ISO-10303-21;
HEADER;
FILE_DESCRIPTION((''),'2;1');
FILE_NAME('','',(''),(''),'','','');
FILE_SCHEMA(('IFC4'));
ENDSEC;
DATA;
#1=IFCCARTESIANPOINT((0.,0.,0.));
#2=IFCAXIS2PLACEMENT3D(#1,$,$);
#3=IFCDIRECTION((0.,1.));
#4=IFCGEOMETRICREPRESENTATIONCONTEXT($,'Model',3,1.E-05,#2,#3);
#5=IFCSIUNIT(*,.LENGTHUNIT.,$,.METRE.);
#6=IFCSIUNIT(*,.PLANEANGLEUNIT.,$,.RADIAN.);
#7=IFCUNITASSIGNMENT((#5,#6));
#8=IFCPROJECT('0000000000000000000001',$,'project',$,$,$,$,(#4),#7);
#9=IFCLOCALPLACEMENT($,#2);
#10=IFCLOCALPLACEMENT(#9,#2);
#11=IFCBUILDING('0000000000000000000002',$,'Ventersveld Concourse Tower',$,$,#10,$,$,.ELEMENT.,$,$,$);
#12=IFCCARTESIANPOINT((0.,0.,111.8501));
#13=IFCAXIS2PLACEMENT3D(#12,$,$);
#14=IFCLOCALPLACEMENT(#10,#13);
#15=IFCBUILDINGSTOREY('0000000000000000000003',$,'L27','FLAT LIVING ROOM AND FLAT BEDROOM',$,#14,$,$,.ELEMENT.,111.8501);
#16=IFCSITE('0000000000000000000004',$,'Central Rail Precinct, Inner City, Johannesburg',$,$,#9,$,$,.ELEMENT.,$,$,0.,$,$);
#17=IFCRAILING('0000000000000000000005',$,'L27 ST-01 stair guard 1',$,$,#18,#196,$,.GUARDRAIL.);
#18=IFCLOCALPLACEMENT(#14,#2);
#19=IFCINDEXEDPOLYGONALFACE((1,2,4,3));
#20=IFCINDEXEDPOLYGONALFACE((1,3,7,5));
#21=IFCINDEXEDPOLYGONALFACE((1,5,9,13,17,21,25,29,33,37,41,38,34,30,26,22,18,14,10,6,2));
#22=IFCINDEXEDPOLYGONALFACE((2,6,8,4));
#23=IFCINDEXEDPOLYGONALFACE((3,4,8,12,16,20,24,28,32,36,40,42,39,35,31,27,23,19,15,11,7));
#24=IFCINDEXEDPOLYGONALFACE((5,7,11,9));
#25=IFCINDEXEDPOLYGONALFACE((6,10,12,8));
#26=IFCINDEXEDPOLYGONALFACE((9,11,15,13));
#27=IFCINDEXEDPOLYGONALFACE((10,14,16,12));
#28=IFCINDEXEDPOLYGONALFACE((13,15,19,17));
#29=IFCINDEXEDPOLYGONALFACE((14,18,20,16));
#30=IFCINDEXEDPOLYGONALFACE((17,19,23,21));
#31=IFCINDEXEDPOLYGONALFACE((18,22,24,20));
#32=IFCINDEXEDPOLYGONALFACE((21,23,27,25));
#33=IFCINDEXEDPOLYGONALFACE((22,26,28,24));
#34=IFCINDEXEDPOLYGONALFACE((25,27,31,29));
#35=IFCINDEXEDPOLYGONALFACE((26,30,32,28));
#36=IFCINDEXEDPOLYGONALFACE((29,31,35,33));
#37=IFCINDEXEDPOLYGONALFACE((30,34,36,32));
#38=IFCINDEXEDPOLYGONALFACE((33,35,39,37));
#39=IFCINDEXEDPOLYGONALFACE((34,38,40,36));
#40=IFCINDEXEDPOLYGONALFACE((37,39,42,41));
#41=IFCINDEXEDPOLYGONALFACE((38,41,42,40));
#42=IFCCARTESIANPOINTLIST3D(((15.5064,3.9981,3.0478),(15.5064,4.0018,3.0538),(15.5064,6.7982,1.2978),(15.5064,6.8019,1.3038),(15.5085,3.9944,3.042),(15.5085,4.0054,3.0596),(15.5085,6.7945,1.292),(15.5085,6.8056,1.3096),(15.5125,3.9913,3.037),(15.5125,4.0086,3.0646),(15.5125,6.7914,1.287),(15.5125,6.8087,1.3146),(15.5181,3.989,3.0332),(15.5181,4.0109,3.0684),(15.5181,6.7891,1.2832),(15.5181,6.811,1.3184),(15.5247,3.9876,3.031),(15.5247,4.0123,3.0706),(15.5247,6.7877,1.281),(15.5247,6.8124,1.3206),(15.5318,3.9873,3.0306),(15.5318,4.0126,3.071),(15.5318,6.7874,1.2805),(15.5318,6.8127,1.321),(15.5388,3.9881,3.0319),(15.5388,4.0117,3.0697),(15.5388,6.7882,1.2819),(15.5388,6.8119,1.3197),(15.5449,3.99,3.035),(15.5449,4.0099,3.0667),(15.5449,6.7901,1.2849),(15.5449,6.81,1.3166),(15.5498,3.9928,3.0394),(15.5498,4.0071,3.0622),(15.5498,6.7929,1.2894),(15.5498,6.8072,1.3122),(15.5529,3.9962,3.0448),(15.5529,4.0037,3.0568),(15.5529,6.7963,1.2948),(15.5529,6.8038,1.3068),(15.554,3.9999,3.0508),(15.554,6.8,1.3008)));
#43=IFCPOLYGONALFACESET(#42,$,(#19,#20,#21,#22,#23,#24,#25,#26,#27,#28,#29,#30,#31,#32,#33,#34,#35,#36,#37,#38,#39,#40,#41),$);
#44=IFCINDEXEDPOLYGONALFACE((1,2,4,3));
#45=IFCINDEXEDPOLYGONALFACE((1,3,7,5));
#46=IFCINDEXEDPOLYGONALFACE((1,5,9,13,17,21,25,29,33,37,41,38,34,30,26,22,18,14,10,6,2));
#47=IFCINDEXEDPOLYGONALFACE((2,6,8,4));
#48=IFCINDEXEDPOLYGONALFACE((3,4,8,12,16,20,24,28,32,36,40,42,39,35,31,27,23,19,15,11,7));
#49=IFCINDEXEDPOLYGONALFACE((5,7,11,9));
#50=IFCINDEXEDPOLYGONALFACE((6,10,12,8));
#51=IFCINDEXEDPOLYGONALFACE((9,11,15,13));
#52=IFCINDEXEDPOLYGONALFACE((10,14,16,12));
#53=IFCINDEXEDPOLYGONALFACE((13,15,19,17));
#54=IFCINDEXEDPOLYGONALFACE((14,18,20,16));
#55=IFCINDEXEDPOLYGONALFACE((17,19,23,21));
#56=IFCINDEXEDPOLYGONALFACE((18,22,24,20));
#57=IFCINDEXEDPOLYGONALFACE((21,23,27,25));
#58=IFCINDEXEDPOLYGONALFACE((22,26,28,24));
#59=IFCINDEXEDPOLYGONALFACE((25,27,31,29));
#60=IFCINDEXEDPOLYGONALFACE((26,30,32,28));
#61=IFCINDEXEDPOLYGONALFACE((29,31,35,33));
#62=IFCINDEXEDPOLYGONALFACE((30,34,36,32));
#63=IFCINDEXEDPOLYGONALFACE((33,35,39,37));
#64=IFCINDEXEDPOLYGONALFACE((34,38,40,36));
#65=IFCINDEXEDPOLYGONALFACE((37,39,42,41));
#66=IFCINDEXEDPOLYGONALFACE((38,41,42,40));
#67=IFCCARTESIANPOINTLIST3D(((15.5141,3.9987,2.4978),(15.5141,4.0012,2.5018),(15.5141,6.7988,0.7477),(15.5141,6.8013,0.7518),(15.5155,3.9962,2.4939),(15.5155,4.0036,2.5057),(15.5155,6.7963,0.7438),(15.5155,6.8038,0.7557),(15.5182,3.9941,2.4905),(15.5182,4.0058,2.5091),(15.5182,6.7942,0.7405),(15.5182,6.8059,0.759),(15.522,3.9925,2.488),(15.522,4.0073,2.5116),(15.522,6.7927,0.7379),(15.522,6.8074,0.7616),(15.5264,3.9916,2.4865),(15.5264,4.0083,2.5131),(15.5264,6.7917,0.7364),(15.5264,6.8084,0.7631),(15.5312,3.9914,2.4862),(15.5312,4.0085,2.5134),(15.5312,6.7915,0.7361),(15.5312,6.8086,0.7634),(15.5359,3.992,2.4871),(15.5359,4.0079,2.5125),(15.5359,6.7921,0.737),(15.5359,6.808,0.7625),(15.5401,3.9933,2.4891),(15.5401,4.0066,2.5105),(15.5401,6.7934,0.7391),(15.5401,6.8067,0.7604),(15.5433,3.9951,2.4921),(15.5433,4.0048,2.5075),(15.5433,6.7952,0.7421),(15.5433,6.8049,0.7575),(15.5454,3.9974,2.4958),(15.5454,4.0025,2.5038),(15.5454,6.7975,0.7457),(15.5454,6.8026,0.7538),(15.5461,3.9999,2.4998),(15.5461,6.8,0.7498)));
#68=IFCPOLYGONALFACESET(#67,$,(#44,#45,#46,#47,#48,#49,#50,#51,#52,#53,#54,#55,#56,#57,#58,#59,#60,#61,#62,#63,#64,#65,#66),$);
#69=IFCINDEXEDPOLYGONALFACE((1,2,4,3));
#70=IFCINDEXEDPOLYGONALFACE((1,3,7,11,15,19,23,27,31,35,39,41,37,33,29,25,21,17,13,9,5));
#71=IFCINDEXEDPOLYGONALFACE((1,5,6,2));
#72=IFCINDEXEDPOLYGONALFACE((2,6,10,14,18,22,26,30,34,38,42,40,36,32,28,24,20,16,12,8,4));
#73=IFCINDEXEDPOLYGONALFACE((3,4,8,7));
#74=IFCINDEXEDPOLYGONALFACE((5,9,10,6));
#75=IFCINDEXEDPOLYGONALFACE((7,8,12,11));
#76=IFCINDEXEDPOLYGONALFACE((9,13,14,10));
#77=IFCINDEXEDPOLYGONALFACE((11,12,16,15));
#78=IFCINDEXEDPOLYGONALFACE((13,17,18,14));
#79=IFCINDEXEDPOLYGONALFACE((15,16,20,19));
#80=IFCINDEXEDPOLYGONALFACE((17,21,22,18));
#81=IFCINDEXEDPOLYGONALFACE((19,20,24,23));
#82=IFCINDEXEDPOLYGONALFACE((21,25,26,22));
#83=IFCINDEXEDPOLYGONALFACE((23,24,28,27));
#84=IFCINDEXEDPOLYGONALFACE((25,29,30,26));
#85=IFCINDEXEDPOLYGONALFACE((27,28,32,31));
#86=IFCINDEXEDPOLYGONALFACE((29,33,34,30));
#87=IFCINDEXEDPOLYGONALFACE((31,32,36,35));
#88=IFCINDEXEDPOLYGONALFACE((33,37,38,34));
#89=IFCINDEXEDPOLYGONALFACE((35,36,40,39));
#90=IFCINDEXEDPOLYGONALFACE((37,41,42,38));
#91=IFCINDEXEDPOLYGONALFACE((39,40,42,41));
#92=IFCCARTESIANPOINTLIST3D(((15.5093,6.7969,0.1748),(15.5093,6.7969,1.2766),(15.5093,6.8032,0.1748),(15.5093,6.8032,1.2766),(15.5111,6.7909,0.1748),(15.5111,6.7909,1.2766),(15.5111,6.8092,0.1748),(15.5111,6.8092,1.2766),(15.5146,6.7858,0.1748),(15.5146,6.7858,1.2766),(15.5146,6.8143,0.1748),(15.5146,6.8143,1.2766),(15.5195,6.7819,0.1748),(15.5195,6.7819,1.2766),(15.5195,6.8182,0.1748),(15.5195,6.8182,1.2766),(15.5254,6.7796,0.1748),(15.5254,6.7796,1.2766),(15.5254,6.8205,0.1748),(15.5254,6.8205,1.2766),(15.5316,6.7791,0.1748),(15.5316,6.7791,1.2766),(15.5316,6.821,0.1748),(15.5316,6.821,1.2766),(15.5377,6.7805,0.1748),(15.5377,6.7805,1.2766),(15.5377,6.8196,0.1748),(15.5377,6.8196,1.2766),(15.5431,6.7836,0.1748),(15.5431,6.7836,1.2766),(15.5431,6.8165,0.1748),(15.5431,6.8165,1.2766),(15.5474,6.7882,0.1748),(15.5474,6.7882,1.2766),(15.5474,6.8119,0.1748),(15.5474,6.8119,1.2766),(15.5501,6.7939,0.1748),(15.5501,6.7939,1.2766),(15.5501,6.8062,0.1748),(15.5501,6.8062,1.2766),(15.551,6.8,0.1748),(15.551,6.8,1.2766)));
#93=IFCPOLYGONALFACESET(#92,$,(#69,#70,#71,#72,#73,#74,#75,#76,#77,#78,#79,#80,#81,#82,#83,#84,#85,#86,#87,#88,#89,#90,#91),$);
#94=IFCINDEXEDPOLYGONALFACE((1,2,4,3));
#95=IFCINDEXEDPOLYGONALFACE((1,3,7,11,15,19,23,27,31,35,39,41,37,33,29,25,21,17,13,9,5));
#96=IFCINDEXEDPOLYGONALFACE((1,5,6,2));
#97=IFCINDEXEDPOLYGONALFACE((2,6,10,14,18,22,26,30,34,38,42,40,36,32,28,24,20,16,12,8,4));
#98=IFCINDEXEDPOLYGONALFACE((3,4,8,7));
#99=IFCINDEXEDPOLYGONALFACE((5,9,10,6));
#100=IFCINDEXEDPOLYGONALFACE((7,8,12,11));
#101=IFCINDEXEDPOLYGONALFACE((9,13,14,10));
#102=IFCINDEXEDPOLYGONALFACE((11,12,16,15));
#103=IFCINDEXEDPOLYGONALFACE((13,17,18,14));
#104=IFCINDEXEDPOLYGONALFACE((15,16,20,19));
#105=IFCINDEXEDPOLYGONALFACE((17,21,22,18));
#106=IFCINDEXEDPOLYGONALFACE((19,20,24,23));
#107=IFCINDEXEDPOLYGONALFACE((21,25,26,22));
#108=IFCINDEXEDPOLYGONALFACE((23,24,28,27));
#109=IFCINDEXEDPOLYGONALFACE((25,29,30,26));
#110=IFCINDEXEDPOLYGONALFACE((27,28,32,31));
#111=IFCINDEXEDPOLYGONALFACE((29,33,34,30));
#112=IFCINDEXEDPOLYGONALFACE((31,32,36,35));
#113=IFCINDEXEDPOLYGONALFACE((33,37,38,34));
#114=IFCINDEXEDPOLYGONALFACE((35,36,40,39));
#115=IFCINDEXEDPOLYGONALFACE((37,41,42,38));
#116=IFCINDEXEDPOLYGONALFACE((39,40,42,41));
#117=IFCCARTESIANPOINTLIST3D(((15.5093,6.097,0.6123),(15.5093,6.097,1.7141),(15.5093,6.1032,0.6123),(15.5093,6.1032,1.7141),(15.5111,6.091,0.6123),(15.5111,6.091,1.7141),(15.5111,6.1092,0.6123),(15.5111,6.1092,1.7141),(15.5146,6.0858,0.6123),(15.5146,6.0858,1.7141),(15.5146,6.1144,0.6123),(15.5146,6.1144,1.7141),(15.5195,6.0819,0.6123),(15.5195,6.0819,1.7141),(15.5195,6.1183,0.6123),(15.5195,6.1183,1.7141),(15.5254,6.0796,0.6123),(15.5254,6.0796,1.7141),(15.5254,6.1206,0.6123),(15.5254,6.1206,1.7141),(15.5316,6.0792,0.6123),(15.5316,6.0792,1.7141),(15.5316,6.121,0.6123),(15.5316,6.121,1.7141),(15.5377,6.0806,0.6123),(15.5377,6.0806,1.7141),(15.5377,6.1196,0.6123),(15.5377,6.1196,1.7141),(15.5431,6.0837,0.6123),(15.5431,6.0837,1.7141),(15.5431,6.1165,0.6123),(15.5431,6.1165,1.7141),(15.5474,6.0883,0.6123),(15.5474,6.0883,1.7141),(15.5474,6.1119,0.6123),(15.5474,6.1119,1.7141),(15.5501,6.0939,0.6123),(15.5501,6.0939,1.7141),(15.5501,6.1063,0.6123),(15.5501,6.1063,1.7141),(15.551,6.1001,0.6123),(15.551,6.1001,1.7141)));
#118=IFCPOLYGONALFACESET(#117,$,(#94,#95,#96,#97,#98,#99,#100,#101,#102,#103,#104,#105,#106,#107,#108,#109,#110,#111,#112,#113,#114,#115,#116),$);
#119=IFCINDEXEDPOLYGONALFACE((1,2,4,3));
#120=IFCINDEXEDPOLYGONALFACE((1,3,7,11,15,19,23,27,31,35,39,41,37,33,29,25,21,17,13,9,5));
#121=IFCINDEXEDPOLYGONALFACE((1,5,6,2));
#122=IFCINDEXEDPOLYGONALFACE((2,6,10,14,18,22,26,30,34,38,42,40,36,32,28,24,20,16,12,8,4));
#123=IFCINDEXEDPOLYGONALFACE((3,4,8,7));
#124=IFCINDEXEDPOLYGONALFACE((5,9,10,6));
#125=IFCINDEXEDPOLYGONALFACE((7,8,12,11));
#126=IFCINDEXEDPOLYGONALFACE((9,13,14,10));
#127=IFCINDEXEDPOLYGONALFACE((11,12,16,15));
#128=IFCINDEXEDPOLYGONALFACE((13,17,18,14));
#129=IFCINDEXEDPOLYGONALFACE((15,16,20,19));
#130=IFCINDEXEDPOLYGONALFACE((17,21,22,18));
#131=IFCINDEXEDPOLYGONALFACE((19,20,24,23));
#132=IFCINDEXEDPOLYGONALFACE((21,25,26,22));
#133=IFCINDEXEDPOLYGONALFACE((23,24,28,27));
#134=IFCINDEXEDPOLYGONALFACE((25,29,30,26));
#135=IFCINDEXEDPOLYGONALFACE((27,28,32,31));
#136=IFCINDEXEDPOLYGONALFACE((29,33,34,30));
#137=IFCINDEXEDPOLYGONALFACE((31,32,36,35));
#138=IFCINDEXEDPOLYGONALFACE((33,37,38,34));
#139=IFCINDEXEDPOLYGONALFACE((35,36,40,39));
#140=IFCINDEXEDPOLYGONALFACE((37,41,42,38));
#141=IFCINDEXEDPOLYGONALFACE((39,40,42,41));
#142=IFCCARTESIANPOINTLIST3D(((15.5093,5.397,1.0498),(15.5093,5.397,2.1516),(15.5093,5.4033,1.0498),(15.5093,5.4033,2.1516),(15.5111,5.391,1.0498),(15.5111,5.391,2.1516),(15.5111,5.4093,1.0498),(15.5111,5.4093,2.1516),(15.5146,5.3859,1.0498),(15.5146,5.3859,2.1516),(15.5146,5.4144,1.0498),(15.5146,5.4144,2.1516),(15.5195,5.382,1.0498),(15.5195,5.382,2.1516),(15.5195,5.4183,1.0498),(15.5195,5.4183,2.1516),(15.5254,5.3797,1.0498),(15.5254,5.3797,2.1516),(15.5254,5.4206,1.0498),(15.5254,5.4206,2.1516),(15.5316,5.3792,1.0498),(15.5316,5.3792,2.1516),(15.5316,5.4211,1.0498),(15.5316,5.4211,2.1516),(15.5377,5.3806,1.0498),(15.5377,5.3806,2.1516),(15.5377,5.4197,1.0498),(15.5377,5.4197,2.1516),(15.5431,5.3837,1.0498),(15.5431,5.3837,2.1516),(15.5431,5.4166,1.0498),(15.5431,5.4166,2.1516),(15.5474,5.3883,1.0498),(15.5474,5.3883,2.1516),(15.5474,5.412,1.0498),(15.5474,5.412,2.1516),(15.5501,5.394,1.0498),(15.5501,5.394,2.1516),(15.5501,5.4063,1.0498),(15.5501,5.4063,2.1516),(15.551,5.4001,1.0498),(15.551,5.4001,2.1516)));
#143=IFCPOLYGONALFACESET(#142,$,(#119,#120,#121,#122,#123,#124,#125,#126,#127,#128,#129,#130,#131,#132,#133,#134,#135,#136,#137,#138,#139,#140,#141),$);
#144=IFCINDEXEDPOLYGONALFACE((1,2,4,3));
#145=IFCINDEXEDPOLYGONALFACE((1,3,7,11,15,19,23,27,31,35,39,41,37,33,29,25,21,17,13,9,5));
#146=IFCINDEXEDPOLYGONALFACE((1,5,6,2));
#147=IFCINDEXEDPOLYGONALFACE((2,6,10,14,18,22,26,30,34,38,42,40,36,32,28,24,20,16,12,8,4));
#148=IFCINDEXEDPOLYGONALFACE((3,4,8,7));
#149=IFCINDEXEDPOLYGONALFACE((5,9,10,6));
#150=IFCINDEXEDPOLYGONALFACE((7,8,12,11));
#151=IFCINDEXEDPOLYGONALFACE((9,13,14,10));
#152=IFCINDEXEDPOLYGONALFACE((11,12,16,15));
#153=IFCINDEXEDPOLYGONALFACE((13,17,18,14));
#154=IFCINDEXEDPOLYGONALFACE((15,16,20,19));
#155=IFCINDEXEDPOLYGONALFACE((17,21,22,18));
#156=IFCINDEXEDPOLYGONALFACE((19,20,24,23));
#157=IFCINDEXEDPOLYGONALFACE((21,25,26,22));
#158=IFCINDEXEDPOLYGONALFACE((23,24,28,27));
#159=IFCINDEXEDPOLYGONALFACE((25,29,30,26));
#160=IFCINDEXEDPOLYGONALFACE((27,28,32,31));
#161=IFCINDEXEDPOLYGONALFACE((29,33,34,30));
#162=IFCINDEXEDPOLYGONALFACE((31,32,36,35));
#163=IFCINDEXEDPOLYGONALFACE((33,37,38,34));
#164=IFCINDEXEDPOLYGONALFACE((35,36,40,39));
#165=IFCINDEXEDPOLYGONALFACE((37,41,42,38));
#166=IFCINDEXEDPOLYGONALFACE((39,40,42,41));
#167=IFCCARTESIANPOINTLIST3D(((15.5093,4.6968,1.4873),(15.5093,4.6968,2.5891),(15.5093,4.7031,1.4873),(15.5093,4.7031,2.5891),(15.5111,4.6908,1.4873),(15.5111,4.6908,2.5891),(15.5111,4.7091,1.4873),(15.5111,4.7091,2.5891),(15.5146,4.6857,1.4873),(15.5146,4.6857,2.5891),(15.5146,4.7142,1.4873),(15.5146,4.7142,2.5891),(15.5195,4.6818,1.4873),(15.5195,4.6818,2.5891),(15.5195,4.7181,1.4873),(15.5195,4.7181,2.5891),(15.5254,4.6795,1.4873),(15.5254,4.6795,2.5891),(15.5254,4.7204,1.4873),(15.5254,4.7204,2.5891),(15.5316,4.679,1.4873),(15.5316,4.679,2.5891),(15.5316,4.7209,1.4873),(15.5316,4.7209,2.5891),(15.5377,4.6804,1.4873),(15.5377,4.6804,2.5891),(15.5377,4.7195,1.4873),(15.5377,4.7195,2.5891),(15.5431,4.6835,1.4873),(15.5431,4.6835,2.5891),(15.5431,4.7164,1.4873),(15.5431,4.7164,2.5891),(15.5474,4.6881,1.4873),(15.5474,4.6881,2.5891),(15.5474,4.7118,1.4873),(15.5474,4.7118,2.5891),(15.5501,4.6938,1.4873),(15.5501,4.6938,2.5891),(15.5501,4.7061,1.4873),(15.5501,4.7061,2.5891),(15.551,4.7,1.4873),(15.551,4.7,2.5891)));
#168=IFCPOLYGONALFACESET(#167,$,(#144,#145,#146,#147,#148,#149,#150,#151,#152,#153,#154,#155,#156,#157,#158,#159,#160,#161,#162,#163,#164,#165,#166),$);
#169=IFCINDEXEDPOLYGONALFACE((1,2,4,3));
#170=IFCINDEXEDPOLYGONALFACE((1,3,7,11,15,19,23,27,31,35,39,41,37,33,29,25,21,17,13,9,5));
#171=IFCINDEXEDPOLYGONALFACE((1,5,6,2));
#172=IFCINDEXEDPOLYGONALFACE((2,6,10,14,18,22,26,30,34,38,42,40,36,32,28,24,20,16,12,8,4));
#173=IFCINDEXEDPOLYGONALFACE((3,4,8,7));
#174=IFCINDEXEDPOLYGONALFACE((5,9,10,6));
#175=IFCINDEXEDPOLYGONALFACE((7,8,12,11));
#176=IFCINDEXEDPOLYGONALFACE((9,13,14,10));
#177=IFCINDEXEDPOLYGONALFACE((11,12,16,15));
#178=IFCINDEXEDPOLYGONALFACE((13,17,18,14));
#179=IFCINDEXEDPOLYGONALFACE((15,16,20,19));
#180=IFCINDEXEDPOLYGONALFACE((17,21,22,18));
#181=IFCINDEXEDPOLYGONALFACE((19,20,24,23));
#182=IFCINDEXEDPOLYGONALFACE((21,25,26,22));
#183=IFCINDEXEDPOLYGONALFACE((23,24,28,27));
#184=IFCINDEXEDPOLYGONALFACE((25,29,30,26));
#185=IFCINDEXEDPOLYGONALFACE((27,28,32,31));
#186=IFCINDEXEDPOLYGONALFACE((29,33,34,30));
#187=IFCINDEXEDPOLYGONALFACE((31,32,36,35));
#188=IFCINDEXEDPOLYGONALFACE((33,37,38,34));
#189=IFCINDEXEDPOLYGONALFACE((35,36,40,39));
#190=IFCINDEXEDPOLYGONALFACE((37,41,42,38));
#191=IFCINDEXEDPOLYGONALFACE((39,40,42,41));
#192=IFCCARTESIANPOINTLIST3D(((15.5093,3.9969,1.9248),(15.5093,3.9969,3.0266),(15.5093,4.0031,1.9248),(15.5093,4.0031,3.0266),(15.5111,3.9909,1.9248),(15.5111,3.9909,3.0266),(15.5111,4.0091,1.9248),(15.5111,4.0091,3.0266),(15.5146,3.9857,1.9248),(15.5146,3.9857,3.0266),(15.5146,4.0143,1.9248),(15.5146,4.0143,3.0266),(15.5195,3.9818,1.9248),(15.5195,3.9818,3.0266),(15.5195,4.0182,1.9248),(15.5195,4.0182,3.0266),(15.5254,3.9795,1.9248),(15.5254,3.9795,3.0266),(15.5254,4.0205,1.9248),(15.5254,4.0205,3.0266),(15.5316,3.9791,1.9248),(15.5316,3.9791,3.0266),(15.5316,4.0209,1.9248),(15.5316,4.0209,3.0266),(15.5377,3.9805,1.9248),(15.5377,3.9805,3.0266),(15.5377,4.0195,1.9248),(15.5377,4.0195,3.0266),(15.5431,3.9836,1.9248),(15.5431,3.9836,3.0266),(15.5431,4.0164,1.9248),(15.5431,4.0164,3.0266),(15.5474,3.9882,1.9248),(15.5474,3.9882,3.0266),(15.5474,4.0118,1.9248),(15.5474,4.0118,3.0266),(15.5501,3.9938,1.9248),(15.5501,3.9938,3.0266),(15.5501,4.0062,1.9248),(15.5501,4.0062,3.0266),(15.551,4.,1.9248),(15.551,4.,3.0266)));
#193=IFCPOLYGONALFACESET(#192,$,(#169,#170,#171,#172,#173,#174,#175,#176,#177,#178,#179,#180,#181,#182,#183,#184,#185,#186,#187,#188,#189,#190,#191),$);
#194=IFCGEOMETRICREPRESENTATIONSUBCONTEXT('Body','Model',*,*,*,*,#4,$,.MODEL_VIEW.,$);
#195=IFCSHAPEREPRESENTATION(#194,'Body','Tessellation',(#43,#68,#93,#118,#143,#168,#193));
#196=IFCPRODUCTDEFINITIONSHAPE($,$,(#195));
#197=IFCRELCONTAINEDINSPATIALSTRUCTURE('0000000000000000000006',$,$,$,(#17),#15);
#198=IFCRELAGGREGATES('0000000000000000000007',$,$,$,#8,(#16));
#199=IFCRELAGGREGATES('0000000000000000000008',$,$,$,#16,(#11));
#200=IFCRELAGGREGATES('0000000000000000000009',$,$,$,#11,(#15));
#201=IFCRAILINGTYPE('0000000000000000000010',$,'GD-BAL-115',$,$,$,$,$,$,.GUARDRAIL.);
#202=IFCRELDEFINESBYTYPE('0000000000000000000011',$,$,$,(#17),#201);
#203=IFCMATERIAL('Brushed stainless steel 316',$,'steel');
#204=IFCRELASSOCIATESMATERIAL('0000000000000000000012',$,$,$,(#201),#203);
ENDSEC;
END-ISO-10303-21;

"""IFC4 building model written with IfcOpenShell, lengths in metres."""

from ifc_helpers import new_model, si_unit, direction, frame, origin, origin_2d, place, context, subcontext, project, spatial, circle, extrude, material, type_object, element, save


model = new_model("IFC4")

# Units and contexts
model_context = context("Model", 3, precision=1e-05, world=origin(), true_north=direction((0.0, 1.0)))
body_context = subcontext(model_context, "Body", "Model", "MODEL_VIEW")
ifc_project = project(units=[si_unit("LENGTHUNIT", "METRE"), si_unit("PLANEANGLEUNIT", "RADIAN")], contexts=[model_context])

# Site, building, storey
site_placement = place(None, origin())
site = spatial("IfcSite", under=ifc_project, at=site_placement, Name="Central Rail Precinct, Inner City, Johannesburg", CompositionType="ELEMENT", RefElevation=0.0)
building_placement = place(site_placement, origin())
building = spatial("IfcBuilding", under=site, at=building_placement, Name="Ventersveld Concourse Tower", CompositionType="ELEMENT")
storey_placement = place(building_placement, frame((0.0, 0.0, 111.8501)))
storey = spatial("IfcBuildingStorey", under=building, at=storey_placement, Name="L27", Description="FLAT LIVING ROOM AND FLAT BEDROOM", CompositionType="ELEMENT", Elevation=111.8501)

# Shared definitions
ifc_material_1 = material(Name="Brushed stainless steel 316", Category="steel")

# Railing
railing_type = type_object("IfcRailingType", Name="GD-BAL-115", PredefinedType="GUARDRAIL", material=ifc_material_1)
railing_1_placement = place(storey_placement, frame((15.53, 6.8, 0.1748)))
element("IfcRailing", 1, at=railing_1_placement, inside=storey, type_object=railing_type, Name="L27 ST-01 stair guard 1", PredefinedType="GUARDRAIL", context=body_context, shape_type="SweptSolid", body=[
    extrude(circle(Radius=0.0239, at=origin_2d()), frame((0.0, 0.0, 1.126), z_axis=(0.0, -0.848002, 0.529992), x_axis=(1.0, 0.0, 0.0)), (0.0, 0.0, 1.0), 3.302),
    extrude(circle(Radius=0.0161, at=origin_2d()), frame((0.0, 0.0, 0.575), z_axis=(0.0, -0.848002, 0.529992), x_axis=(1.0, 0.0, 0.0)), (0.0, 0.0, 1.0), 3.302),
    extrude(circle(Radius=0.021, at=origin_2d()), origin(), (0.0, 0.0, 1.0), 1.1018),
    extrude(circle(Radius=0.021, at=origin_2d()), frame((0.0, -0.7, 0.4375)), (0.0, 0.0, 1.0), 1.1018),
    extrude(circle(Radius=0.021, at=origin_2d()), frame((0.0, -1.3999, 0.875)), (0.0, 0.0, 1.0), 1.1018),
    extrude(circle(Radius=0.021, at=origin_2d()), frame((0.0, -2.1001, 1.3125)), (0.0, 0.0, 1.0), 1.1018),
    extrude(circle(Radius=0.021, at=origin_2d()), frame((0.0, -2.8, 1.75)), (0.0, 0.0, 1.0), 1.1018),
])

save(model, "model.ifc")
